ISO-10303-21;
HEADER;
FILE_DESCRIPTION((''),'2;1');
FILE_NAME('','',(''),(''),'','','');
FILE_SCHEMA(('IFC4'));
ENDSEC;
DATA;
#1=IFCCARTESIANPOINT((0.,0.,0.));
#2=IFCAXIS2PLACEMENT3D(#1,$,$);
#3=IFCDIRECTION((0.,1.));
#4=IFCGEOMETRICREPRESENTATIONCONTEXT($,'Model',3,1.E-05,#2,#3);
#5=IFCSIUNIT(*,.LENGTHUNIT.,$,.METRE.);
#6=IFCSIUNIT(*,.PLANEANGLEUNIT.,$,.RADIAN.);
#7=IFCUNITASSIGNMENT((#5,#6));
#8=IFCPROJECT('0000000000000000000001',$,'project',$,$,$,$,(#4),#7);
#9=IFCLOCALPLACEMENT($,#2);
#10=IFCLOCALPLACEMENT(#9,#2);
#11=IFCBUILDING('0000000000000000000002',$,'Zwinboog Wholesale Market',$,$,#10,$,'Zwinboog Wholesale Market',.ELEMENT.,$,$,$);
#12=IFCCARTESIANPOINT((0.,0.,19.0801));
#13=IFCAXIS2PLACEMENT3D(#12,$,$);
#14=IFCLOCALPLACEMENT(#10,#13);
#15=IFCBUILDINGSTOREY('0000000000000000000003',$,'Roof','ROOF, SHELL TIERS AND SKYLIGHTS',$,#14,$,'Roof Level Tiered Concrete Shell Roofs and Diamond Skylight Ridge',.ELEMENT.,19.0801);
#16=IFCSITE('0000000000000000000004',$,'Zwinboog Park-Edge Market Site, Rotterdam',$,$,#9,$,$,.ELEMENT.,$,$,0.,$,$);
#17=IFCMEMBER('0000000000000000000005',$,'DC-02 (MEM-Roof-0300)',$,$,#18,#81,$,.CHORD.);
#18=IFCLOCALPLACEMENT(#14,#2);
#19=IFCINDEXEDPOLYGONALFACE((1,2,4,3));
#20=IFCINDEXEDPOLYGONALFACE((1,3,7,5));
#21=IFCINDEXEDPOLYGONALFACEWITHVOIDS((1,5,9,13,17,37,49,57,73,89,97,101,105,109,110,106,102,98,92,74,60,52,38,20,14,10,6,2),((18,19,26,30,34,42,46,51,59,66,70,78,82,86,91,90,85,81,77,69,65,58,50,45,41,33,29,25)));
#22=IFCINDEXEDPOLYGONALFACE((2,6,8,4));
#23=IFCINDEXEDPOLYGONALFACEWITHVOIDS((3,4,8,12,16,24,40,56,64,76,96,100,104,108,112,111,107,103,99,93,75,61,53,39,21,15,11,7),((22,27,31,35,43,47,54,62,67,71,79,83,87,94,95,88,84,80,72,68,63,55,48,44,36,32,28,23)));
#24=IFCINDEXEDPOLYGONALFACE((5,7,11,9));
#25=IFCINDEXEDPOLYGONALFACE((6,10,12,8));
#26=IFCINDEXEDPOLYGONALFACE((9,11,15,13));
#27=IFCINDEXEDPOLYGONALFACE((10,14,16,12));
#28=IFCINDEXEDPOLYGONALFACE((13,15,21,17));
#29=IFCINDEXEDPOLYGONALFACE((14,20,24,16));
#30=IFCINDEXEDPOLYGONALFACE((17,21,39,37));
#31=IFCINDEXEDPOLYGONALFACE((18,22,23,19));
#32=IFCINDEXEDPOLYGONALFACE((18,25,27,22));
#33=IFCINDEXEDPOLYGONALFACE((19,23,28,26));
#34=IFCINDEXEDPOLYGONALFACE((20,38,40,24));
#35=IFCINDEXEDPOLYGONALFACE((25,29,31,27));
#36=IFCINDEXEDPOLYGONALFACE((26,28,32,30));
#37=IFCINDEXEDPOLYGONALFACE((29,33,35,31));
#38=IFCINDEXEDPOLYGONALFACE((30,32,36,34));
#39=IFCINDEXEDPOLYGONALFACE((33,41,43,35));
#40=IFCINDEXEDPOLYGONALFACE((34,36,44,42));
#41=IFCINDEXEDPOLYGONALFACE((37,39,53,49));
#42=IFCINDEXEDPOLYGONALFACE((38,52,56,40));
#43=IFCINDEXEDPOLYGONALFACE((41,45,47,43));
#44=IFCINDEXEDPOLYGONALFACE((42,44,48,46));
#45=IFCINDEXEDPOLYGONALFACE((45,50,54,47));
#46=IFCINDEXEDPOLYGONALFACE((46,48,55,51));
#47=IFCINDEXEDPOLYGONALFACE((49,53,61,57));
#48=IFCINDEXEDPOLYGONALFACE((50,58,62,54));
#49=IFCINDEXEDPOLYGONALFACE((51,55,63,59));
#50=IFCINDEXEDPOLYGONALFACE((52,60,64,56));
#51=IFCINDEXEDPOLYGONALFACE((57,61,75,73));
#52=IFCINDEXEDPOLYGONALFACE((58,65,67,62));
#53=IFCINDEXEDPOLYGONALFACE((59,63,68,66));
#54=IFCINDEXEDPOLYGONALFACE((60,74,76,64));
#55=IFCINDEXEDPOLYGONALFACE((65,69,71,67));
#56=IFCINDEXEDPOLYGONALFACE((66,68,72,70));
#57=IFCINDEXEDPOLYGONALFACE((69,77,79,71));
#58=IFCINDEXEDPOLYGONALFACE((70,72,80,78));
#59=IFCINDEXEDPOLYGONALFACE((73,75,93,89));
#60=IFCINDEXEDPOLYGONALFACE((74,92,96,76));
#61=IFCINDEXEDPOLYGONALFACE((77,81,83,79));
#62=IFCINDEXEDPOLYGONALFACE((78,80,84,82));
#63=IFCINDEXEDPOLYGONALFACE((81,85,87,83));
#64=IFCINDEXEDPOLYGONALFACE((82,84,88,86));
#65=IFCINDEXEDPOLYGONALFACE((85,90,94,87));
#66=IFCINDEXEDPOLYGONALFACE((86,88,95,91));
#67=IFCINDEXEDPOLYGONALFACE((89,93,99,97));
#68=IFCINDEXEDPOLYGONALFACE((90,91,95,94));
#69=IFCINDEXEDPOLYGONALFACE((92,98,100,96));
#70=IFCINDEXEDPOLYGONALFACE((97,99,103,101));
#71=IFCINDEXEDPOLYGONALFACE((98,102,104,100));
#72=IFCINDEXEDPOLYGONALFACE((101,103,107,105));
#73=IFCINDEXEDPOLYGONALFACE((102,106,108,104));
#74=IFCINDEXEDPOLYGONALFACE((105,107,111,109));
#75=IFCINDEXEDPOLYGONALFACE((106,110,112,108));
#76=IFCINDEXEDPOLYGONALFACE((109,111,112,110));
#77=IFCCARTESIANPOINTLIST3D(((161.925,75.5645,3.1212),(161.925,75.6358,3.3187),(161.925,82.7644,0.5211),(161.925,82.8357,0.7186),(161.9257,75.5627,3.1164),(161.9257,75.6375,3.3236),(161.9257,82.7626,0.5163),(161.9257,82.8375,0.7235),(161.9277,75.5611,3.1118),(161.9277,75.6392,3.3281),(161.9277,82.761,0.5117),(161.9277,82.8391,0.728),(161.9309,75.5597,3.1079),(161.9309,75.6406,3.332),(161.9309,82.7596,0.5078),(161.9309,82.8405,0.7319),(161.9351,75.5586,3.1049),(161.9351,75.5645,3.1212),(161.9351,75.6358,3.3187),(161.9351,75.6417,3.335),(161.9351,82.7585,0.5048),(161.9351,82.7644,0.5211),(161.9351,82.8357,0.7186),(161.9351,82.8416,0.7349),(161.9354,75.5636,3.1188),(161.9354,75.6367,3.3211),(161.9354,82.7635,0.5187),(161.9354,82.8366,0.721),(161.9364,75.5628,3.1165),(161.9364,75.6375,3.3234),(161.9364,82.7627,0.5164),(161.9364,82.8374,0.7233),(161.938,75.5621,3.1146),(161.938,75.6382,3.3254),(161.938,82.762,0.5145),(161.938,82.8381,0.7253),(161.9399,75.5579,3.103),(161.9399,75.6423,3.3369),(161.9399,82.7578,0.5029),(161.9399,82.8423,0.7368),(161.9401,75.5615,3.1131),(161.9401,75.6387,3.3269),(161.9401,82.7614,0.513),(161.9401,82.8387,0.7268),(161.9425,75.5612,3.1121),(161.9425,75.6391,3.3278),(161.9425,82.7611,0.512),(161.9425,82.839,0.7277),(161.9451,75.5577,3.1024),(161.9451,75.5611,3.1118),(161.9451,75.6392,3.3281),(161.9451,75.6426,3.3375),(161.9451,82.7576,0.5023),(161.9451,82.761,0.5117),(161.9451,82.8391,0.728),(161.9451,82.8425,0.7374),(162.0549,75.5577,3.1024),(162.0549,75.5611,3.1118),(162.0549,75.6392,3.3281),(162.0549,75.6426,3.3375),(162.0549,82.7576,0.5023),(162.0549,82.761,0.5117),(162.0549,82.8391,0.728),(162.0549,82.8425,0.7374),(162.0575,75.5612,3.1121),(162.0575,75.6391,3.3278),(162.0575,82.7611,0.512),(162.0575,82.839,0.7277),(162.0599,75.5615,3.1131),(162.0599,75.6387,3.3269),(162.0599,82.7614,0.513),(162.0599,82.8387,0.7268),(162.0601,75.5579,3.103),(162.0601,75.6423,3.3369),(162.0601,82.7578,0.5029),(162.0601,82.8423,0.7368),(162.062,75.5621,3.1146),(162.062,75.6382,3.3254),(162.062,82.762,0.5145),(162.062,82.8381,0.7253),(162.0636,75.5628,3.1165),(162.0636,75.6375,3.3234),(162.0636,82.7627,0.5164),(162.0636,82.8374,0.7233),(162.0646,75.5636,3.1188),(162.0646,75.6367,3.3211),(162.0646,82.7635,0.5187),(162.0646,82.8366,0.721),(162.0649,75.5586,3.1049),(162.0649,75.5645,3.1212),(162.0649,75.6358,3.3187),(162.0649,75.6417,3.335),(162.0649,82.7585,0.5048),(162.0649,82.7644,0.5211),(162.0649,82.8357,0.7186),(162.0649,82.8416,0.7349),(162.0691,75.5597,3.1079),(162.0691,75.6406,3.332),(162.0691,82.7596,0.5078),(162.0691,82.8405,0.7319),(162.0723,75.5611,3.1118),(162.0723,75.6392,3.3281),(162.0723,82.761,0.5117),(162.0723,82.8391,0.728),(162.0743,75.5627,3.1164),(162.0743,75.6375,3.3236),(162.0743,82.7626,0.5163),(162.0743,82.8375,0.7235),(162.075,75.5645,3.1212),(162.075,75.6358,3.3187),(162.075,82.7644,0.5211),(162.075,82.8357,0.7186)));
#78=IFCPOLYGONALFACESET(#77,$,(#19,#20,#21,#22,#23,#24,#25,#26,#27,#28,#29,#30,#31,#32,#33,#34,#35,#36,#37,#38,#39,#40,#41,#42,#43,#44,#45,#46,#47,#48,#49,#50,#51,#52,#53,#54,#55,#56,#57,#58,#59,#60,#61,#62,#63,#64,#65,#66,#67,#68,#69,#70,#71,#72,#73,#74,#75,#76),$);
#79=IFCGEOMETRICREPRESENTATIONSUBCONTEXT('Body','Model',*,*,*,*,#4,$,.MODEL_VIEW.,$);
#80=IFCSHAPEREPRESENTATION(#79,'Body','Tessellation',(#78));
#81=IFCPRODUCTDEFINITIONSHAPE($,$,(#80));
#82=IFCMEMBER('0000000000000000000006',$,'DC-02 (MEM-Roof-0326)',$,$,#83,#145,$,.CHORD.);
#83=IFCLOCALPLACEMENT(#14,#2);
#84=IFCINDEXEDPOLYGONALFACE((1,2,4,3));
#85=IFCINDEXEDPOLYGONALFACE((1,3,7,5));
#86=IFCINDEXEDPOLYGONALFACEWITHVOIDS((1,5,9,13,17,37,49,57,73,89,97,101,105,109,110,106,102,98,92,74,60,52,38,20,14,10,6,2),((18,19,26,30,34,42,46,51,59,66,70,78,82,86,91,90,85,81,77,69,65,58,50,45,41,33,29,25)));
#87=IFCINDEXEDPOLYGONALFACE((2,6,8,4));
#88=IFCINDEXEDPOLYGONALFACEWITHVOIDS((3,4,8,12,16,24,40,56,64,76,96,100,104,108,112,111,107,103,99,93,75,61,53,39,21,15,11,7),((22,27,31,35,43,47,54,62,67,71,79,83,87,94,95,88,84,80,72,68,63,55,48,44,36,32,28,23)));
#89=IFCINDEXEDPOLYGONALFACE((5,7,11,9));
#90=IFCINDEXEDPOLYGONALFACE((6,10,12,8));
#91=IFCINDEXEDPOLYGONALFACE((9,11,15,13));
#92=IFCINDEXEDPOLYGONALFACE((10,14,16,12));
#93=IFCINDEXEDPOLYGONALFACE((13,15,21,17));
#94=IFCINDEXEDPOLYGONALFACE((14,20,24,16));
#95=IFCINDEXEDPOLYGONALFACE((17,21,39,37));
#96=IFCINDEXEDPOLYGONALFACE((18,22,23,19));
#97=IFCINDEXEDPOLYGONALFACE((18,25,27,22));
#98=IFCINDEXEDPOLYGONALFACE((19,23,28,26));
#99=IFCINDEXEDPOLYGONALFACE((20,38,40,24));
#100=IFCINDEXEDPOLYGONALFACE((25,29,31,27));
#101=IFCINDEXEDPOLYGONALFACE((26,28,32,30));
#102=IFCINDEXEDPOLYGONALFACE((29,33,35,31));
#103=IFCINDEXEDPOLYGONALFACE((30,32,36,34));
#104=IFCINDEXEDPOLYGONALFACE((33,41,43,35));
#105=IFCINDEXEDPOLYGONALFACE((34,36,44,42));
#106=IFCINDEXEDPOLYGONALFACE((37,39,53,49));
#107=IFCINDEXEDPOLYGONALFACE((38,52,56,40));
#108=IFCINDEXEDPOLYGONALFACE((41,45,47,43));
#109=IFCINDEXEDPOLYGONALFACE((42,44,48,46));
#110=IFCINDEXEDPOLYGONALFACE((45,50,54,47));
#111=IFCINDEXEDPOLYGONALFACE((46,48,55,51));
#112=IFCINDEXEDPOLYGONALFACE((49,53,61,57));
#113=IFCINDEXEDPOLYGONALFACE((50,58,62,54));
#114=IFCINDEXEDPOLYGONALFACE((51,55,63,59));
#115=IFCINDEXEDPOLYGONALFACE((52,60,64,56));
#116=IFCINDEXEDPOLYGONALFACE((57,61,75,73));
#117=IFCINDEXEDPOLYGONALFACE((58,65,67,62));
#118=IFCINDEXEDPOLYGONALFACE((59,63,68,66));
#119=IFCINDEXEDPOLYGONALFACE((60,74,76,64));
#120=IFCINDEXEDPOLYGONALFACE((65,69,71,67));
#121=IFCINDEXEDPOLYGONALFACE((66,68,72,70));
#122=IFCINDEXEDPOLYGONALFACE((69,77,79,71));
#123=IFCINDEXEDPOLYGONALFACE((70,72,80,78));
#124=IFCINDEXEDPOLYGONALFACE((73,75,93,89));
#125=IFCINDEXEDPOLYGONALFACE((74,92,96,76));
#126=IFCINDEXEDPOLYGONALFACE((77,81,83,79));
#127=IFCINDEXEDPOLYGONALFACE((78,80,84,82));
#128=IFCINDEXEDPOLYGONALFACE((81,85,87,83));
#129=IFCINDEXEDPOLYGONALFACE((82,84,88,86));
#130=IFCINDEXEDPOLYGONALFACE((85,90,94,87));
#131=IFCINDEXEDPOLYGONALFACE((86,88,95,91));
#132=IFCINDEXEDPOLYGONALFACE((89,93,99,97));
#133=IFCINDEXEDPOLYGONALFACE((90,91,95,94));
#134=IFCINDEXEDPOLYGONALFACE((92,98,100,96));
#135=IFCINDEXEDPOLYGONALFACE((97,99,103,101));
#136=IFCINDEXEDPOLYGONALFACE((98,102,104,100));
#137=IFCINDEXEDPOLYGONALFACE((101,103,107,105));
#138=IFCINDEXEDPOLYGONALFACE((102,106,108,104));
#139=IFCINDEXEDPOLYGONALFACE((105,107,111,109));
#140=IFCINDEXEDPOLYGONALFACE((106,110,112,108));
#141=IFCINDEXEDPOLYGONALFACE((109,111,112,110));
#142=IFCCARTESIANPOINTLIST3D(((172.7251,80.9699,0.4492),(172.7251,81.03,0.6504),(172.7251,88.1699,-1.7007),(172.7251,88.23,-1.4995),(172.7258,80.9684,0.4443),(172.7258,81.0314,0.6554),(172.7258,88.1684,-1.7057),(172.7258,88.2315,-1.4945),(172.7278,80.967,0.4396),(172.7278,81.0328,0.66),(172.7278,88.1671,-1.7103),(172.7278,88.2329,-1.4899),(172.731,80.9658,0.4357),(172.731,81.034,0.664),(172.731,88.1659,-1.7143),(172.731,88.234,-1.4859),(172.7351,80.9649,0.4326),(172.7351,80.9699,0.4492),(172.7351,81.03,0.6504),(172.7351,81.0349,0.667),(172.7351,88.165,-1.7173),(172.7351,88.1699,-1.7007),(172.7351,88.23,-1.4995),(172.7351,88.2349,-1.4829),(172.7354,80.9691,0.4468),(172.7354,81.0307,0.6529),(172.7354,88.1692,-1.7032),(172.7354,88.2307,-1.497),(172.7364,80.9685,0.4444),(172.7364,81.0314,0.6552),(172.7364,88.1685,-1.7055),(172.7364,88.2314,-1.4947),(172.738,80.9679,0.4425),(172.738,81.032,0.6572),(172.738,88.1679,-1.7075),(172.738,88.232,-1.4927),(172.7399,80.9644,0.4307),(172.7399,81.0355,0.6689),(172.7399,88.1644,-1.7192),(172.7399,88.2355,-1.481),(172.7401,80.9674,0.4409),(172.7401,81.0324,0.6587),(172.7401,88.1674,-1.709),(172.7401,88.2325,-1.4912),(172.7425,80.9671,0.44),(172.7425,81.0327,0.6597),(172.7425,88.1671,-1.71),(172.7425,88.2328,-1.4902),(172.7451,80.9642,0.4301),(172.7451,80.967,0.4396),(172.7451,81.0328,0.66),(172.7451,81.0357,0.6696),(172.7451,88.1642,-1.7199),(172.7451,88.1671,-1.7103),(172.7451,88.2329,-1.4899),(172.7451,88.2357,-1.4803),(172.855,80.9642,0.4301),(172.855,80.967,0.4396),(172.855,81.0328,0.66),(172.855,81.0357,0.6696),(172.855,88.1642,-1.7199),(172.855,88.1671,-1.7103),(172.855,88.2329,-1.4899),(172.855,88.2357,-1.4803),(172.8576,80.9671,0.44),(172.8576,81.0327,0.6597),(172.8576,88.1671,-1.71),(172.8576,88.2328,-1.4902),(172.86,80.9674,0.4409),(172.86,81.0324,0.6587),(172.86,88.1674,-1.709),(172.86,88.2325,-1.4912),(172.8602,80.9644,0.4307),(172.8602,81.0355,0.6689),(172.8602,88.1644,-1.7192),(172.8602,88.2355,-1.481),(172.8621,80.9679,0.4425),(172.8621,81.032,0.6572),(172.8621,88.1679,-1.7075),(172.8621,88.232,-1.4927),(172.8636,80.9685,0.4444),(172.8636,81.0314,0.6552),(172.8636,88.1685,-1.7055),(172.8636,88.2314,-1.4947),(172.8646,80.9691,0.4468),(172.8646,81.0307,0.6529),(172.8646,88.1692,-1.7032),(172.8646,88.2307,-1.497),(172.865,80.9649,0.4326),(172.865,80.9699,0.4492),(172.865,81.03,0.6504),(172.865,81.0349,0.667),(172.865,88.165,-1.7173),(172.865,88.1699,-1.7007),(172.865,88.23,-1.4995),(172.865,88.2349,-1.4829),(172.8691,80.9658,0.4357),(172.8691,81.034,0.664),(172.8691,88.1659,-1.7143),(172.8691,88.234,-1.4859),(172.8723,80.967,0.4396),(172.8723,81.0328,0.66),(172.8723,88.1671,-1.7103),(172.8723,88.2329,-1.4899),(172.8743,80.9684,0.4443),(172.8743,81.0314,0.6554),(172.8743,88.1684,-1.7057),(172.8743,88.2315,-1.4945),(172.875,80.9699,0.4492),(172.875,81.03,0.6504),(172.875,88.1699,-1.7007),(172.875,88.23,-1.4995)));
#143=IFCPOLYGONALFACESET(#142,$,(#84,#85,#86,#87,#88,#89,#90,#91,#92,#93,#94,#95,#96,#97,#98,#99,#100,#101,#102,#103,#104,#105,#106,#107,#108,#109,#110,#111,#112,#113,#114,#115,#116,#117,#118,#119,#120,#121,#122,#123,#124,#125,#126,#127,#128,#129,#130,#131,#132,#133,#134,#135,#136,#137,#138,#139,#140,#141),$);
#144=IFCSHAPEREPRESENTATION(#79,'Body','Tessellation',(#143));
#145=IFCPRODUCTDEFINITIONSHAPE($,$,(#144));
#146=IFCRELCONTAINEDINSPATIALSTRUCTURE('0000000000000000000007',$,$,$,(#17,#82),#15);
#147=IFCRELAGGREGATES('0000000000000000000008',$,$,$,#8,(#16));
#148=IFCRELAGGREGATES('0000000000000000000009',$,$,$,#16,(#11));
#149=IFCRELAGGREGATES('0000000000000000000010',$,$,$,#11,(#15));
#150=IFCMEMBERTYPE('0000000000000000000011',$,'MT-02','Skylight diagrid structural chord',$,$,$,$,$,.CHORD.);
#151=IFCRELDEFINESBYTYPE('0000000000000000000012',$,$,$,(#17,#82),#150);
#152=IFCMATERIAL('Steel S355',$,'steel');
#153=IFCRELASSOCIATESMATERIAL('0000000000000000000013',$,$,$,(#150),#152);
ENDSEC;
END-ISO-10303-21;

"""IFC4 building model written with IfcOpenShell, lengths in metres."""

from ifc_helpers import new_model, si_unit, direction, frame, origin, origin_2d, place, context, subcontext, project, spatial, hollow_rectangle, extrude, material, material_profile, profile_set, type_object, element, save


model = new_model("IFC4")

# Units and contexts
model_context = context("Model", 3, precision=1e-05, world=origin(), true_north=direction((0.0, 1.0)))
body_context = subcontext(model_context, "Body", "Model", "MODEL_VIEW")
ifc_project = project(units=[si_unit("LENGTHUNIT", "METRE"), si_unit("PLANEANGLEUNIT", "RADIAN")], contexts=[model_context])

# Site, building, storey
site_placement = place(None, origin())
site = spatial("IfcSite", under=ifc_project, at=site_placement, Name="Zwinboog Park-Edge Market Site, Rotterdam", CompositionType="ELEMENT", RefElevation=0.0)
building_placement = place(site_placement, origin())
building = spatial("IfcBuilding", under=site, at=building_placement, Name="Zwinboog Wholesale Market", LongName="Zwinboog Wholesale Market", CompositionType="ELEMENT")
storey_placement = place(building_placement, frame((0.0, 0.0, 19.0801)))
storey = spatial("IfcBuildingStorey", under=building, at=storey_placement, Name="Roof", Description="ROOF, SHELL TIERS AND SKYLIGHTS", LongName="Roof Level Tiered Concrete Shell Roofs and Diamond Skylight Ridge", CompositionType="ELEMENT", Elevation=19.0801)

# Shared definitions
ifc_material_1 = material(Name="Steel S355", Category="steel")

# Members
ifc_material_profile_1 = material_profile(ifc_material_1, hollow_rectangle(XDim=0.1499, YDim=0.25, WallThickness=0.01, InnerFilletRadius=0.01, OuterFilletRadius=0.02, at=origin_2d()), Name="RHS 250x150x10")
ifc_profile_set_1 = profile_set([ifc_material_profile_1], Name="Steel S355")
member_type_1 = type_object("IfcMemberType", Name="MT-02", Description="Skylight diagrid structural chord", PredefinedType="CHORD", material=ifc_profile_set_1)
member_1_placement = place(storey_placement, frame((162.0, 82.8, 0.6199), z_axis=(0.0, -0.940549, 0.339658), x_axis=(1.0, 0.0, 0.0)))
element("IfcMember", 1, at=member_1_placement, inside=storey, type_object=member_type_1, Name="DC-02 (MEM-Roof-0300)", PredefinedType="CHORD", context=body_context, shape_type="SweptSolid", body=[
    extrude(hollow_rectangle(XDim=0.1499, YDim=0.25, WallThickness=0.01, InnerFilletRadius=0.01, OuterFilletRadius=0.02, at=origin_2d()), origin(), (0.0, 0.0, 1.0), 7.655),
])
member_2_placement = place(storey_placement, frame((172.8, 88.2, -1.6001), z_axis=(0.0, -0.958195, 0.286117), x_axis=(1.0, 0.0, 0.0)))
element("IfcMember", 2, at=member_2_placement, inside=storey, type_object=member_type_1, Name="DC-02 (MEM-Roof-0326)", PredefinedType="CHORD", context=body_context, shape_type="SweptSolid", body=[
    extrude(hollow_rectangle(XDim=0.1499, YDim=0.25, WallThickness=0.01, InnerFilletRadius=0.01, OuterFilletRadius=0.02, at=origin_2d()), origin(), (0.0, 0.0, 1.0), 7.5142),
])

save(model, "model.ifc")
